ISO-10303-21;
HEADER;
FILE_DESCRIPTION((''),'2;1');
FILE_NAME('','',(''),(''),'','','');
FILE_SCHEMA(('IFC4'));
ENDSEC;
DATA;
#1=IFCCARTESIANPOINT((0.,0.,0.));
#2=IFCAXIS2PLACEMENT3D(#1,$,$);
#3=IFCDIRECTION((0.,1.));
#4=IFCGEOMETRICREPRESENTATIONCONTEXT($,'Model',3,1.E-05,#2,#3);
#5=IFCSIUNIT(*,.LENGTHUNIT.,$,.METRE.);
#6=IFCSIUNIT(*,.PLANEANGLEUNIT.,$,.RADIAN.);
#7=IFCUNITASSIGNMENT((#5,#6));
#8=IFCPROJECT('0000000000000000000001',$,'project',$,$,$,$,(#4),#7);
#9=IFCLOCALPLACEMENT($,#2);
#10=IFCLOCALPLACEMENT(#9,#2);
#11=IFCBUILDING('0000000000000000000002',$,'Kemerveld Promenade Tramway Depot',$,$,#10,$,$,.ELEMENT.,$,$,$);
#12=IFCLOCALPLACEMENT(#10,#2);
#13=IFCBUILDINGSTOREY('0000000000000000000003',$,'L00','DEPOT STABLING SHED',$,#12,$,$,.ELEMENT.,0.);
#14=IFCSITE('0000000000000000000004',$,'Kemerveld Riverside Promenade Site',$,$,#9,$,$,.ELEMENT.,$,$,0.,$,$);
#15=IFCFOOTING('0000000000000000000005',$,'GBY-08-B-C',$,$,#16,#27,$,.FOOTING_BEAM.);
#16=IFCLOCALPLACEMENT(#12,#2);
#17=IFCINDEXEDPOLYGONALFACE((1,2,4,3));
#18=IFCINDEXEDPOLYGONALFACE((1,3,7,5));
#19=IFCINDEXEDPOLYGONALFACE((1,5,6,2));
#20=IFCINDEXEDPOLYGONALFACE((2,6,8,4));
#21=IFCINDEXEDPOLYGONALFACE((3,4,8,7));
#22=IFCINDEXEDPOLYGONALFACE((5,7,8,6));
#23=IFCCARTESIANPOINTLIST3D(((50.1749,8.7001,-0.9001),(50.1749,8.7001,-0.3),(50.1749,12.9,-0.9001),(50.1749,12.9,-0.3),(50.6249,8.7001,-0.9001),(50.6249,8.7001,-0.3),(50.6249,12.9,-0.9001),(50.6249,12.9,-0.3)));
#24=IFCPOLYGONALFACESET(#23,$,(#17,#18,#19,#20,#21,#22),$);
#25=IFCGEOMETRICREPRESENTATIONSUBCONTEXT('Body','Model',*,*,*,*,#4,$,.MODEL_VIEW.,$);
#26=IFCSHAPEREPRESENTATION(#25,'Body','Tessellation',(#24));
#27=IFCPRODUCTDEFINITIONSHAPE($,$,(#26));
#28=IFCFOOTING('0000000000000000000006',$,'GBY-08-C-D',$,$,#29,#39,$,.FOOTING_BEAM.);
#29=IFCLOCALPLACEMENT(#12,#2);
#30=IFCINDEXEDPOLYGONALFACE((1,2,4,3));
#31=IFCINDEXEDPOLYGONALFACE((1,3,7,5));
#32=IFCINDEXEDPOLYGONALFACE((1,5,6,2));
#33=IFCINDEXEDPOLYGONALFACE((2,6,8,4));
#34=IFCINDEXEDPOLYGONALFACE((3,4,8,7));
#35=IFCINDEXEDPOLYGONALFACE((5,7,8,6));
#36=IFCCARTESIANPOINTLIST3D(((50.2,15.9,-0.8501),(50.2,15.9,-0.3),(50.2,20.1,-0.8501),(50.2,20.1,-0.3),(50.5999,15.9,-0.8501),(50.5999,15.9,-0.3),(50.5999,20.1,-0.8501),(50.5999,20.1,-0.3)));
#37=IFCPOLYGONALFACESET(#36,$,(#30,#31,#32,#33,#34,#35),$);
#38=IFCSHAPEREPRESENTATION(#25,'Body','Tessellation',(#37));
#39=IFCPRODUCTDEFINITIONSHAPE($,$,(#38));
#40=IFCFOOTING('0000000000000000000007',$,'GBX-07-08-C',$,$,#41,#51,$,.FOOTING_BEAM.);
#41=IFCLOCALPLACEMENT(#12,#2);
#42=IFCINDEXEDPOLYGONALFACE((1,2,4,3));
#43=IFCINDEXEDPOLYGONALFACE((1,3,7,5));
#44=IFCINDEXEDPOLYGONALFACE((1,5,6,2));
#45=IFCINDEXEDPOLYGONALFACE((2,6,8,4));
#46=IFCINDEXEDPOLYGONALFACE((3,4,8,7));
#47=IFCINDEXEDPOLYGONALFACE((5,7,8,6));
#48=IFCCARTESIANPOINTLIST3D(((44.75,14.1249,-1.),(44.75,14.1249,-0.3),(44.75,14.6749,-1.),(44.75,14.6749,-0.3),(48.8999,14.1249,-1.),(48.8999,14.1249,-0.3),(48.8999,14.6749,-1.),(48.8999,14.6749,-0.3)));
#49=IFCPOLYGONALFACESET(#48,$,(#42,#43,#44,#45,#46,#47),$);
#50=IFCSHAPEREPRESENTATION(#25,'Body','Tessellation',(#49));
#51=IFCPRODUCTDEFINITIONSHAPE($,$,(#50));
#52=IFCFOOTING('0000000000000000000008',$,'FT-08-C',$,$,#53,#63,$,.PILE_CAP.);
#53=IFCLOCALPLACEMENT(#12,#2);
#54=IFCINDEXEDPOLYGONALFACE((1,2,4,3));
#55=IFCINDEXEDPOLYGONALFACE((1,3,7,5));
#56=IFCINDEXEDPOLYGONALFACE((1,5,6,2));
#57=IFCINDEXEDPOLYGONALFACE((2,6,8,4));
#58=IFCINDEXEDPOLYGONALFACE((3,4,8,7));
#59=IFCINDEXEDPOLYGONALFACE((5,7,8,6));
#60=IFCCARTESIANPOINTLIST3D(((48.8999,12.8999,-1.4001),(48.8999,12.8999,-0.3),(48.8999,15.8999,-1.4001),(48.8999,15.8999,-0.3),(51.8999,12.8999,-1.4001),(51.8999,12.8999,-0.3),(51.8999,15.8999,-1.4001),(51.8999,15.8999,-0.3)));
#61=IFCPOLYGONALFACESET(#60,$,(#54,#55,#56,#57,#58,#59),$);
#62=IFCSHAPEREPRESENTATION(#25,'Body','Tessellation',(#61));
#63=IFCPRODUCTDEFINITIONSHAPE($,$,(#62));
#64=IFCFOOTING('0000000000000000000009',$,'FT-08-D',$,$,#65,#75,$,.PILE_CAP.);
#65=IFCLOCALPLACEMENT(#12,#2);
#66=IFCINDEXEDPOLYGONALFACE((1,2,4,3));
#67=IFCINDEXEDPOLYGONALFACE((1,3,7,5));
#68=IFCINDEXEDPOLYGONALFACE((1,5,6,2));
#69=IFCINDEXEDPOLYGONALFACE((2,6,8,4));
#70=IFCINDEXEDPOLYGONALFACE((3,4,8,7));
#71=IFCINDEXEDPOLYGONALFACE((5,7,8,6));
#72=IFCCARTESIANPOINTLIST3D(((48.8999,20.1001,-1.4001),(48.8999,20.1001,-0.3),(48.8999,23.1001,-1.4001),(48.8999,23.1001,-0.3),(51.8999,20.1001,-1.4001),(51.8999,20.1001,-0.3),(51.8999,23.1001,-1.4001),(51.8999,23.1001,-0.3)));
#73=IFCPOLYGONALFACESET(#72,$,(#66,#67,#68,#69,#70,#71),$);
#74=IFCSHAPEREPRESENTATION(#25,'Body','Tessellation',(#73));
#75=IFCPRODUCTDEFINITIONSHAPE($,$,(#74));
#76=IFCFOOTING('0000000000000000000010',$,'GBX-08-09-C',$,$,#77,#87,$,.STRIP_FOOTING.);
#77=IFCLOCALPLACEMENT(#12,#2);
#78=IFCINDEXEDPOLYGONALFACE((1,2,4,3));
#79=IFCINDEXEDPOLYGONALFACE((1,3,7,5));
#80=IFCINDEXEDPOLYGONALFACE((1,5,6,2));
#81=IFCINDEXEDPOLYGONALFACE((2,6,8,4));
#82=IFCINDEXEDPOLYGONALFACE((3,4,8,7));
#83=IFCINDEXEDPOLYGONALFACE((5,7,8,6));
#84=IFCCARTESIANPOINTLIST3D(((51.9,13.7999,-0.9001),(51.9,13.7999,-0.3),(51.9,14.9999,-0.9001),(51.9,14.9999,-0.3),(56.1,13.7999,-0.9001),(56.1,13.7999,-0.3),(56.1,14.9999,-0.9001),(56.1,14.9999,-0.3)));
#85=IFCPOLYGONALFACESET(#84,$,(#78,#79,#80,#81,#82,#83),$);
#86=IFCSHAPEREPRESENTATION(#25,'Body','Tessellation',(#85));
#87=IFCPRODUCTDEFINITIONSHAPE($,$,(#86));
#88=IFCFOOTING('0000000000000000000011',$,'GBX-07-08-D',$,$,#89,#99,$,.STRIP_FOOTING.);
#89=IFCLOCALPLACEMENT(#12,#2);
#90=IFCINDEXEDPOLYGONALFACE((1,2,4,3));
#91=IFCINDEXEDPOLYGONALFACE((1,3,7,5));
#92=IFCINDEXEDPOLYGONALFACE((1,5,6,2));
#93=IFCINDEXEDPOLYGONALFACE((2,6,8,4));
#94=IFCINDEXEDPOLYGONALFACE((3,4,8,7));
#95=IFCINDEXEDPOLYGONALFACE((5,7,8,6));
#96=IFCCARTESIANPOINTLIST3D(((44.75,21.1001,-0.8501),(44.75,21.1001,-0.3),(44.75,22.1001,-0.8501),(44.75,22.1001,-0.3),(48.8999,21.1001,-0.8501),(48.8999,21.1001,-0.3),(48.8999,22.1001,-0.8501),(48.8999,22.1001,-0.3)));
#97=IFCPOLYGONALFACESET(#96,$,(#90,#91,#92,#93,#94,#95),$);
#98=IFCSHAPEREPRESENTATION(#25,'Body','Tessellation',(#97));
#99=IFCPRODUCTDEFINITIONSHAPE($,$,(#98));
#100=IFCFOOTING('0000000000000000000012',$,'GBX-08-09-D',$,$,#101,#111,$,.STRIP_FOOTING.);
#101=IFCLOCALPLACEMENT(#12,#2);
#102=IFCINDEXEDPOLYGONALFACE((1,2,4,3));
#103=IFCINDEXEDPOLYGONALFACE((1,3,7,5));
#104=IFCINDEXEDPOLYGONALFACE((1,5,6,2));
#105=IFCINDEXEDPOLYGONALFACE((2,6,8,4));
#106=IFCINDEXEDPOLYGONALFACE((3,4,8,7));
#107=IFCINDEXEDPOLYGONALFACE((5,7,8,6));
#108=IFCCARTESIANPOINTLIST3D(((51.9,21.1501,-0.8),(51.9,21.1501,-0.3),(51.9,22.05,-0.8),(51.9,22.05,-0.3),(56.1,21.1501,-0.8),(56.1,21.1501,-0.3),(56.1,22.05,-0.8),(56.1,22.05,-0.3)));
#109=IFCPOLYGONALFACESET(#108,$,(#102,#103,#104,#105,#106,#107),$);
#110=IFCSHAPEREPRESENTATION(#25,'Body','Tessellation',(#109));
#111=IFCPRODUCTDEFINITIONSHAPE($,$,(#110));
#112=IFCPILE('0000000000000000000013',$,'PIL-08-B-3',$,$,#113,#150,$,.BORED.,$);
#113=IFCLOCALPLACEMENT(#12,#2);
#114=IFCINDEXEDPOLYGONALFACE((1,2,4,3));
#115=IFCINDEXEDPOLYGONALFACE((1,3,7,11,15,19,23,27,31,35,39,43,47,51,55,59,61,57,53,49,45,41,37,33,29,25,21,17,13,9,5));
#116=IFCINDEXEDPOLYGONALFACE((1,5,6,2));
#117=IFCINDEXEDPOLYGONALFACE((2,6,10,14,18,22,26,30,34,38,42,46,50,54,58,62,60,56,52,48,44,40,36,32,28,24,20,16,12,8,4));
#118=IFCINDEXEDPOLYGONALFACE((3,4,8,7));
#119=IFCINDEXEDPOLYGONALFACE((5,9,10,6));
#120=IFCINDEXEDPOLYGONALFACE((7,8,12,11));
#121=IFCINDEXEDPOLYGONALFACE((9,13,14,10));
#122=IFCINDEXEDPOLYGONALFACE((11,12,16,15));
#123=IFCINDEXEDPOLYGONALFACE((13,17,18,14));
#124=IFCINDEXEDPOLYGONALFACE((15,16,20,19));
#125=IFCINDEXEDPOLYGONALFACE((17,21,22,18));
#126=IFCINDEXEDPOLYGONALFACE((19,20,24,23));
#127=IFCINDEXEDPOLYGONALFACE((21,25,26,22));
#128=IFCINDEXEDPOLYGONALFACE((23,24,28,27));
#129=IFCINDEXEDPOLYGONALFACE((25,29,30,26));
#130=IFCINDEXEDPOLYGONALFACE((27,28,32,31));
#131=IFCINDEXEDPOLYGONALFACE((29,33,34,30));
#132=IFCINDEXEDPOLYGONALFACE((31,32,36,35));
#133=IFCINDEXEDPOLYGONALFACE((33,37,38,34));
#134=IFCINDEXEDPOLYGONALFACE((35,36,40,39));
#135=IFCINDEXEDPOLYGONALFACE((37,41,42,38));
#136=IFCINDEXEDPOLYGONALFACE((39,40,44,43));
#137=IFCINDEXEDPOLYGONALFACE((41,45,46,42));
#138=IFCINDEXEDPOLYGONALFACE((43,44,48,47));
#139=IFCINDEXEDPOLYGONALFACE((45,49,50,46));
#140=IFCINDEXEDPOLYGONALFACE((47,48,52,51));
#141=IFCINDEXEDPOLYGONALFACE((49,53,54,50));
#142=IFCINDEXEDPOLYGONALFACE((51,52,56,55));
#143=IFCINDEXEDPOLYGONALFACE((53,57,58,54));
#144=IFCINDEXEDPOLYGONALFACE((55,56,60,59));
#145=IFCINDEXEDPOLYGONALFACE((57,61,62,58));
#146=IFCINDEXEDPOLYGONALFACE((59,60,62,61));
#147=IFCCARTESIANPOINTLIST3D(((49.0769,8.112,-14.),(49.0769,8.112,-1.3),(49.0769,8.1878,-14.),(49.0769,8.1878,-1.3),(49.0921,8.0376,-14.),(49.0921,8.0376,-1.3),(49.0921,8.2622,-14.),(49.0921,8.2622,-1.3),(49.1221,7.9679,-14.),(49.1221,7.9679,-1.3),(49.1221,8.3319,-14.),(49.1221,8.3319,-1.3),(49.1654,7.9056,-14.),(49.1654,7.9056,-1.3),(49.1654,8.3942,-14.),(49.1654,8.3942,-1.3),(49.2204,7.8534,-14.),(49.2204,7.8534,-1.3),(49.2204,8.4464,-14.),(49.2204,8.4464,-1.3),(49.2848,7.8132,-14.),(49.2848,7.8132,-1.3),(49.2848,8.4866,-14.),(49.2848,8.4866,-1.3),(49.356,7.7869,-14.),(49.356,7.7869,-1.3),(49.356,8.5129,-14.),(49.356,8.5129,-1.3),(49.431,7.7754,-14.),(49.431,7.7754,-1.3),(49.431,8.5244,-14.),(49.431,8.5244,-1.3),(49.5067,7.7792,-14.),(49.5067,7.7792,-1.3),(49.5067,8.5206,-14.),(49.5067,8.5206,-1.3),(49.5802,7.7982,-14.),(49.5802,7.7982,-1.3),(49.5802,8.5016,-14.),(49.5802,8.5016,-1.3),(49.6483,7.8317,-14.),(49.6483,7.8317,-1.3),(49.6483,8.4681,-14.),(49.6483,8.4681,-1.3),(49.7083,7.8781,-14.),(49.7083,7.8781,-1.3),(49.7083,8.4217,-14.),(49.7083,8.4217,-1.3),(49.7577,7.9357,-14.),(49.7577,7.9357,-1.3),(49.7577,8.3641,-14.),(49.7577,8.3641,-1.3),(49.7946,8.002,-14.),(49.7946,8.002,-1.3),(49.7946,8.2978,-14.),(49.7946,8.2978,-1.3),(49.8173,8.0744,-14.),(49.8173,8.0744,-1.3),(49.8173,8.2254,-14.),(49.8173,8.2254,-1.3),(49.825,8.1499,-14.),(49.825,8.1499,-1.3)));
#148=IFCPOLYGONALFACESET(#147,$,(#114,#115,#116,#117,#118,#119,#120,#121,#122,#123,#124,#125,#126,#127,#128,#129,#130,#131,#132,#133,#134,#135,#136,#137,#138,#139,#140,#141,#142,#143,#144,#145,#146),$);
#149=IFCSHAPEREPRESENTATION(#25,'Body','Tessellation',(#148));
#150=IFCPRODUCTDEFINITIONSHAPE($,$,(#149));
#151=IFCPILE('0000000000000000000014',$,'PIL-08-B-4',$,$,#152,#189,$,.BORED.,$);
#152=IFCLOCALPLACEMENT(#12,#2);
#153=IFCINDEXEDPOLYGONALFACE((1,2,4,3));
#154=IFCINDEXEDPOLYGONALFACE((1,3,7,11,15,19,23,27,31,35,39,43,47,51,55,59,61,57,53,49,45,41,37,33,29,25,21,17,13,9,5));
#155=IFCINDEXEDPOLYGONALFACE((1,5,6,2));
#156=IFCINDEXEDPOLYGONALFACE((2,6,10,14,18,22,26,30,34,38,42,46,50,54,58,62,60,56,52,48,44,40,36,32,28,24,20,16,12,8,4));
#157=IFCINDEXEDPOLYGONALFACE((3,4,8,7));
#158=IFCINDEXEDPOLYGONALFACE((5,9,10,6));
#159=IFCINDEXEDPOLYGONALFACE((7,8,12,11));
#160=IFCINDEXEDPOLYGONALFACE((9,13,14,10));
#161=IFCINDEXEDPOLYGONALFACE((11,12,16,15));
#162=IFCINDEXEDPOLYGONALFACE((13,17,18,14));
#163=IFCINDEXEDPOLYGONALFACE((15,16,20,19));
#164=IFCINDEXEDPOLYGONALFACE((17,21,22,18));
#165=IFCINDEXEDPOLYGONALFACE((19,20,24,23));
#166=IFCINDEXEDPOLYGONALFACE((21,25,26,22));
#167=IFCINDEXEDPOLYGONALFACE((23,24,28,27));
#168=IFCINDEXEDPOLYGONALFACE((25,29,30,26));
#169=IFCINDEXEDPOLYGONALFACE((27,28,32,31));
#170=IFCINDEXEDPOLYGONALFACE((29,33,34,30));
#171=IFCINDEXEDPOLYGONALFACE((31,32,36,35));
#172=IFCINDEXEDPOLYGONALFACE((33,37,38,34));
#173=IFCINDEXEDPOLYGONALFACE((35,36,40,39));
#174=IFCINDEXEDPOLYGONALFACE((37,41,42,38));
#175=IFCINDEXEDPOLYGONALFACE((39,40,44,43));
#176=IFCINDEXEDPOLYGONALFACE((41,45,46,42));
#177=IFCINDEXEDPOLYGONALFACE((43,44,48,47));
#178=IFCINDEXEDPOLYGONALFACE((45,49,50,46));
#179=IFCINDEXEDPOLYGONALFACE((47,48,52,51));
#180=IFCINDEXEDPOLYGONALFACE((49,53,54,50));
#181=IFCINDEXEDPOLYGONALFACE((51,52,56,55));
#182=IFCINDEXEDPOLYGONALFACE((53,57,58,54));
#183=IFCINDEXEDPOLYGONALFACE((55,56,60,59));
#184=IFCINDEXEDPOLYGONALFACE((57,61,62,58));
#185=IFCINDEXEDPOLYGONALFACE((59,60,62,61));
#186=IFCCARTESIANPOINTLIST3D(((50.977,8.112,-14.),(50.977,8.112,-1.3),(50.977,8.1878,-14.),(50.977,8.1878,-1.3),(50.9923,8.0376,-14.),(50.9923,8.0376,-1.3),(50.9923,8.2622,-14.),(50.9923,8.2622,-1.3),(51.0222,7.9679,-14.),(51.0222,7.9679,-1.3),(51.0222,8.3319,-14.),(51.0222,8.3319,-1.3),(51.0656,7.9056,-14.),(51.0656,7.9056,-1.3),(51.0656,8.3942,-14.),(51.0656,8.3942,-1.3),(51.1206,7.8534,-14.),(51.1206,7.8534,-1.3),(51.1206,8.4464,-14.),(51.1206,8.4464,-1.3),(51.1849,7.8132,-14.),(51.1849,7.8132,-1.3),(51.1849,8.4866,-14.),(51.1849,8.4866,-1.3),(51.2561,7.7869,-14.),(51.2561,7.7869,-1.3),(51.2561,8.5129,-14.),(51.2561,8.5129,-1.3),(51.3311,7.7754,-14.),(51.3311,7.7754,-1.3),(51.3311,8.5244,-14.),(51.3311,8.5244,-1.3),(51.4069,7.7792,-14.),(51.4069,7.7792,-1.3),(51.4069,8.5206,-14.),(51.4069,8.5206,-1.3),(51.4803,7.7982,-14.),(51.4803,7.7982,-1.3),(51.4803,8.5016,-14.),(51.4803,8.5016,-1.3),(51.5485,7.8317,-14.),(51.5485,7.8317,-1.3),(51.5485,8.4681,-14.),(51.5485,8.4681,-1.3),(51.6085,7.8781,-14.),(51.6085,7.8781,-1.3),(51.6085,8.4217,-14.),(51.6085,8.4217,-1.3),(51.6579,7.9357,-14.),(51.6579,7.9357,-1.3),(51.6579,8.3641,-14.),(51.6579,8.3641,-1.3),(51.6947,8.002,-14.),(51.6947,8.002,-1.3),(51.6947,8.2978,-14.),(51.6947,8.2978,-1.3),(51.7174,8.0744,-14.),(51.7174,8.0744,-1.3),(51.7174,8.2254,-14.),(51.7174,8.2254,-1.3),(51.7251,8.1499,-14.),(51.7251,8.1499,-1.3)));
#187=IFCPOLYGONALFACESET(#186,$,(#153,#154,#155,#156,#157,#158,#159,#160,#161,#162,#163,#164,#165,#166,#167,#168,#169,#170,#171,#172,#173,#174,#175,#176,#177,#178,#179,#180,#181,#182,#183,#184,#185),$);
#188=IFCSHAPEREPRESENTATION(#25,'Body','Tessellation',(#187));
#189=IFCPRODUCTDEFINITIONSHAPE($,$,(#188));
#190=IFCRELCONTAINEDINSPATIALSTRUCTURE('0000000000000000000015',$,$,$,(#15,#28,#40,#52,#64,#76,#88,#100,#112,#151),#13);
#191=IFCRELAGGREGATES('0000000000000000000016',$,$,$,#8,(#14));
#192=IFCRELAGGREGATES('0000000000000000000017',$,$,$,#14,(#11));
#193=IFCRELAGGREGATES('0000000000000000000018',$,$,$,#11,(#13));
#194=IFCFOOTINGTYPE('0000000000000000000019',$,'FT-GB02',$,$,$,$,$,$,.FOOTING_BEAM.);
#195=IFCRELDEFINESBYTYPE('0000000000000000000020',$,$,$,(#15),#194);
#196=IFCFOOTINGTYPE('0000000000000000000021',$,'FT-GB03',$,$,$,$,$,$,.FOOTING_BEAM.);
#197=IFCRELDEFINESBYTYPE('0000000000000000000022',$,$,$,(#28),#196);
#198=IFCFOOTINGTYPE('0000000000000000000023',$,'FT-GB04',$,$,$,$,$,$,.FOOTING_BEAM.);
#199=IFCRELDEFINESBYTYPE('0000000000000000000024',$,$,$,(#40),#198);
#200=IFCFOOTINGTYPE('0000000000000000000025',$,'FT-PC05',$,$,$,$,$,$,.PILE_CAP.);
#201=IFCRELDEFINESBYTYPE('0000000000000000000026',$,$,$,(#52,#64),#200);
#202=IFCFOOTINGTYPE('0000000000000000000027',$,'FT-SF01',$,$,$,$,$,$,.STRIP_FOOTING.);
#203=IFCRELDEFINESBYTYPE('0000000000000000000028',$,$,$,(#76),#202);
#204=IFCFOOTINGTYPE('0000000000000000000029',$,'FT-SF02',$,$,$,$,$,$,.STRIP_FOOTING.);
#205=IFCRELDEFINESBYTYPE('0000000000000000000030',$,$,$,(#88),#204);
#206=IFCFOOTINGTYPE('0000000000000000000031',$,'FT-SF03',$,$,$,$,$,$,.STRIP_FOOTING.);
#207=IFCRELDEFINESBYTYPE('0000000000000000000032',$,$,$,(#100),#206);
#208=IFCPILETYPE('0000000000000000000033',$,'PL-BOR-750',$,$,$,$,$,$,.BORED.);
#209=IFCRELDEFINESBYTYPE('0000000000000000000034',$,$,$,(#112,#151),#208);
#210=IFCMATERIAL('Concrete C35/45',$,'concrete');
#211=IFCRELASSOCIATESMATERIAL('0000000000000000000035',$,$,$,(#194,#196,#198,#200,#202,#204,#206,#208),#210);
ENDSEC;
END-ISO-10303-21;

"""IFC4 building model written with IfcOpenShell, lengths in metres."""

from ifc_helpers import new_model, si_unit, direction, frame, origin, origin_2d, place, context, subcontext, project, spatial, rectangle, circle, extrude, material, material_profile, profile_set, type_object, element, save


model = new_model("IFC4")

# Units and contexts
model_context = context("Model", 3, precision=1e-05, world=origin(), true_north=direction((0.0, 1.0)))
body_context = subcontext(model_context, "Body", "Model", "MODEL_VIEW")
ifc_project = project(units=[si_unit("LENGTHUNIT", "METRE"), si_unit("PLANEANGLEUNIT", "RADIAN")], contexts=[model_context])

# Site, building, storey
site_placement = place(None, origin())
site = spatial("IfcSite", under=ifc_project, at=site_placement, Name="Kemerveld Riverside Promenade Site", CompositionType="ELEMENT", RefElevation=0.0)
building_placement = place(site_placement, origin())
building = spatial("IfcBuilding", under=site, at=building_placement, Name="Kemerveld Promenade Tramway Depot", CompositionType="ELEMENT")
storey_placement = place(building_placement, origin())
storey = spatial("IfcBuildingStorey", under=building, at=storey_placement, Name="L00", Description="DEPOT STABLING SHED", CompositionType="ELEMENT", Elevation=0.0)

# Footings
ifc_material_1 = material(Name="Concrete C35/45", Category="concrete")
footing_type_1 = type_object("IfcFootingType", Name="FT-GB02", PredefinedType="FOOTING_BEAM", material=ifc_material_1)
footing_1_placement = place(storey_placement, frame((50.3999, 10.8, -0.9001), z_axis=(0.0, 0.0, 1.0), x_axis=(0.0, 1.0, 0.0)))
element("IfcFooting", 1, at=footing_1_placement, inside=storey, type_object=footing_type_1, Name="GBY-08-B-C", PredefinedType="FOOTING_BEAM", context=body_context, shape_type="SweptSolid", body=[
    extrude(rectangle(XDim=4.2, YDim=0.45, at=origin_2d()), origin(), (0.0, 0.0, 1.0), 0.6001),
])
footing_type_2 = type_object("IfcFootingType", Name="FT-GB03", PredefinedType="FOOTING_BEAM", material=ifc_material_1)
footing_2_placement = place(storey_placement, frame((50.3999, 18.0, -0.8501), z_axis=(0.0, 0.0, 1.0), x_axis=(0.0, 1.0, 0.0)))
element("IfcFooting", 2, at=footing_2_placement, inside=storey, type_object=footing_type_2, Name="GBY-08-C-D", PredefinedType="FOOTING_BEAM", context=body_context, shape_type="SweptSolid", body=[
    extrude(rectangle(XDim=4.2, YDim=0.3999, at=origin_2d()), origin(), (0.0, 0.0, 1.0), 0.55),
])
footing_type_3 = type_object("IfcFootingType", Name="FT-GB04", PredefinedType="FOOTING_BEAM", material=ifc_material_1)
footing_3_placement = place(storey_placement, frame((46.825, 14.3999, -1.0), z_axis=(0.0, 0.0, 1.0), x_axis=(1.0, 0.0, 0.0)))
element("IfcFooting", 3, at=footing_3_placement, inside=storey, type_object=footing_type_3, Name="GBX-07-08-C", PredefinedType="FOOTING_BEAM", context=body_context, shape_type="SweptSolid", body=[
    extrude(rectangle(XDim=4.1499, YDim=0.55, at=origin_2d()), origin(), (0.0, 0.0, 1.0), 0.7),
])
footing_type_4 = type_object("IfcFootingType", Name="FT-PC05", PredefinedType="PILE_CAP", material=ifc_material_1)
for number, where, z_axis, x_axis, name in (
    (4, (50.3999, 14.3999, -1.4001), (0.0, 0.0, 1.0), (1.0, 0.0, 0.0), "FT-08-C"),
    (5, (50.3999, 21.6001, -1.4001), (0.0, 0.0, 1.0), (1.0, 0.0, 0.0), "FT-08-D"),
):
    element("IfcFooting", number, at=place(storey_placement, frame(where, z_axis=z_axis, x_axis=x_axis)), inside=storey, type_object=footing_type_4, Name=name, PredefinedType="PILE_CAP", context=body_context, shape_type="SweptSolid", body=[
        extrude(rectangle(XDim=3.0, YDim=3.0, at=origin_2d()), origin(), (0.0, 0.0, 1.0), 1.1001),
    ])
footing_type_5 = type_object("IfcFootingType", Name="FT-SF01", PredefinedType="STRIP_FOOTING", material=ifc_material_1)
footing_4_placement = place(storey_placement, frame((54.0, 14.3999, -0.9001), z_axis=(0.0, 0.0, 1.0), x_axis=(1.0, 0.0, 0.0)))
element("IfcFooting", 6, at=footing_4_placement, inside=storey, type_object=footing_type_5, Name="GBX-08-09-C", PredefinedType="STRIP_FOOTING", context=body_context, shape_type="SweptSolid", body=[
    extrude(rectangle(XDim=4.2, YDim=1.2, at=origin_2d()), origin(), (0.0, 0.0, 1.0), 0.6001),
])
footing_type_6 = type_object("IfcFootingType", Name="FT-SF02", PredefinedType="STRIP_FOOTING", material=ifc_material_1)
footing_5_placement = place(storey_placement, frame((46.825, 21.6001, -0.8501), z_axis=(0.0, 0.0, 1.0), x_axis=(1.0, 0.0, 0.0)))
element("IfcFooting", 7, at=footing_5_placement, inside=storey, type_object=footing_type_6, Name="GBX-07-08-D", PredefinedType="STRIP_FOOTING", context=body_context, shape_type="SweptSolid", body=[
    extrude(rectangle(XDim=4.1499, YDim=1.0, at=origin_2d()), origin(), (0.0, 0.0, 1.0), 0.55),
])
footing_type_7 = type_object("IfcFootingType", Name="FT-SF03", PredefinedType="STRIP_FOOTING", material=ifc_material_1)
footing_6_placement = place(storey_placement, frame((54.0, 21.6001, -0.8), z_axis=(0.0, 0.0, 1.0), x_axis=(1.0, 0.0, 0.0)))
element("IfcFooting", 8, at=footing_6_placement, inside=storey, type_object=footing_type_7, Name="GBX-08-09-D", PredefinedType="STRIP_FOOTING", context=body_context, shape_type="SweptSolid", body=[
    extrude(rectangle(XDim=4.2, YDim=0.8999, at=origin_2d()), origin(), (0.0, 0.0, 1.0), 0.5),
])

# Piles
ifc_material_profile_1 = material_profile(ifc_material_1, circle(Radius=0.375, at=origin_2d()), Name="PILE-D750")
ifc_profile_set_1 = profile_set([ifc_material_profile_1], Name="Concrete C35/45")
pile_type = type_object("IfcPileType", Name="PL-BOR-750", PredefinedType="BORED", material=ifc_profile_set_1)
for number, where, z_axis, x_axis, name in (
    (9, (49.45, 8.1499, -1.3), (0.0, 0.0, -1.0), (1.0, 0.0, 0.0), "PIL-08-B-3"),
    (10, (51.3501, 8.1499, -1.3), (0.0, 0.0, -1.0), (1.0, 0.0, 0.0), "PIL-08-B-4"),
):
    element("IfcPile", number, at=place(storey_placement, frame(where, z_axis=z_axis, x_axis=x_axis)), inside=storey, type_object=pile_type, Name=name, PredefinedType="BORED", context=body_context, shape_type="SweptSolid", body=[
        extrude(circle(Radius=0.375, at=origin_2d()), origin(), (0.0, 0.0, 1.0), 12.7),
    ])

save(model, "model.ifc")
